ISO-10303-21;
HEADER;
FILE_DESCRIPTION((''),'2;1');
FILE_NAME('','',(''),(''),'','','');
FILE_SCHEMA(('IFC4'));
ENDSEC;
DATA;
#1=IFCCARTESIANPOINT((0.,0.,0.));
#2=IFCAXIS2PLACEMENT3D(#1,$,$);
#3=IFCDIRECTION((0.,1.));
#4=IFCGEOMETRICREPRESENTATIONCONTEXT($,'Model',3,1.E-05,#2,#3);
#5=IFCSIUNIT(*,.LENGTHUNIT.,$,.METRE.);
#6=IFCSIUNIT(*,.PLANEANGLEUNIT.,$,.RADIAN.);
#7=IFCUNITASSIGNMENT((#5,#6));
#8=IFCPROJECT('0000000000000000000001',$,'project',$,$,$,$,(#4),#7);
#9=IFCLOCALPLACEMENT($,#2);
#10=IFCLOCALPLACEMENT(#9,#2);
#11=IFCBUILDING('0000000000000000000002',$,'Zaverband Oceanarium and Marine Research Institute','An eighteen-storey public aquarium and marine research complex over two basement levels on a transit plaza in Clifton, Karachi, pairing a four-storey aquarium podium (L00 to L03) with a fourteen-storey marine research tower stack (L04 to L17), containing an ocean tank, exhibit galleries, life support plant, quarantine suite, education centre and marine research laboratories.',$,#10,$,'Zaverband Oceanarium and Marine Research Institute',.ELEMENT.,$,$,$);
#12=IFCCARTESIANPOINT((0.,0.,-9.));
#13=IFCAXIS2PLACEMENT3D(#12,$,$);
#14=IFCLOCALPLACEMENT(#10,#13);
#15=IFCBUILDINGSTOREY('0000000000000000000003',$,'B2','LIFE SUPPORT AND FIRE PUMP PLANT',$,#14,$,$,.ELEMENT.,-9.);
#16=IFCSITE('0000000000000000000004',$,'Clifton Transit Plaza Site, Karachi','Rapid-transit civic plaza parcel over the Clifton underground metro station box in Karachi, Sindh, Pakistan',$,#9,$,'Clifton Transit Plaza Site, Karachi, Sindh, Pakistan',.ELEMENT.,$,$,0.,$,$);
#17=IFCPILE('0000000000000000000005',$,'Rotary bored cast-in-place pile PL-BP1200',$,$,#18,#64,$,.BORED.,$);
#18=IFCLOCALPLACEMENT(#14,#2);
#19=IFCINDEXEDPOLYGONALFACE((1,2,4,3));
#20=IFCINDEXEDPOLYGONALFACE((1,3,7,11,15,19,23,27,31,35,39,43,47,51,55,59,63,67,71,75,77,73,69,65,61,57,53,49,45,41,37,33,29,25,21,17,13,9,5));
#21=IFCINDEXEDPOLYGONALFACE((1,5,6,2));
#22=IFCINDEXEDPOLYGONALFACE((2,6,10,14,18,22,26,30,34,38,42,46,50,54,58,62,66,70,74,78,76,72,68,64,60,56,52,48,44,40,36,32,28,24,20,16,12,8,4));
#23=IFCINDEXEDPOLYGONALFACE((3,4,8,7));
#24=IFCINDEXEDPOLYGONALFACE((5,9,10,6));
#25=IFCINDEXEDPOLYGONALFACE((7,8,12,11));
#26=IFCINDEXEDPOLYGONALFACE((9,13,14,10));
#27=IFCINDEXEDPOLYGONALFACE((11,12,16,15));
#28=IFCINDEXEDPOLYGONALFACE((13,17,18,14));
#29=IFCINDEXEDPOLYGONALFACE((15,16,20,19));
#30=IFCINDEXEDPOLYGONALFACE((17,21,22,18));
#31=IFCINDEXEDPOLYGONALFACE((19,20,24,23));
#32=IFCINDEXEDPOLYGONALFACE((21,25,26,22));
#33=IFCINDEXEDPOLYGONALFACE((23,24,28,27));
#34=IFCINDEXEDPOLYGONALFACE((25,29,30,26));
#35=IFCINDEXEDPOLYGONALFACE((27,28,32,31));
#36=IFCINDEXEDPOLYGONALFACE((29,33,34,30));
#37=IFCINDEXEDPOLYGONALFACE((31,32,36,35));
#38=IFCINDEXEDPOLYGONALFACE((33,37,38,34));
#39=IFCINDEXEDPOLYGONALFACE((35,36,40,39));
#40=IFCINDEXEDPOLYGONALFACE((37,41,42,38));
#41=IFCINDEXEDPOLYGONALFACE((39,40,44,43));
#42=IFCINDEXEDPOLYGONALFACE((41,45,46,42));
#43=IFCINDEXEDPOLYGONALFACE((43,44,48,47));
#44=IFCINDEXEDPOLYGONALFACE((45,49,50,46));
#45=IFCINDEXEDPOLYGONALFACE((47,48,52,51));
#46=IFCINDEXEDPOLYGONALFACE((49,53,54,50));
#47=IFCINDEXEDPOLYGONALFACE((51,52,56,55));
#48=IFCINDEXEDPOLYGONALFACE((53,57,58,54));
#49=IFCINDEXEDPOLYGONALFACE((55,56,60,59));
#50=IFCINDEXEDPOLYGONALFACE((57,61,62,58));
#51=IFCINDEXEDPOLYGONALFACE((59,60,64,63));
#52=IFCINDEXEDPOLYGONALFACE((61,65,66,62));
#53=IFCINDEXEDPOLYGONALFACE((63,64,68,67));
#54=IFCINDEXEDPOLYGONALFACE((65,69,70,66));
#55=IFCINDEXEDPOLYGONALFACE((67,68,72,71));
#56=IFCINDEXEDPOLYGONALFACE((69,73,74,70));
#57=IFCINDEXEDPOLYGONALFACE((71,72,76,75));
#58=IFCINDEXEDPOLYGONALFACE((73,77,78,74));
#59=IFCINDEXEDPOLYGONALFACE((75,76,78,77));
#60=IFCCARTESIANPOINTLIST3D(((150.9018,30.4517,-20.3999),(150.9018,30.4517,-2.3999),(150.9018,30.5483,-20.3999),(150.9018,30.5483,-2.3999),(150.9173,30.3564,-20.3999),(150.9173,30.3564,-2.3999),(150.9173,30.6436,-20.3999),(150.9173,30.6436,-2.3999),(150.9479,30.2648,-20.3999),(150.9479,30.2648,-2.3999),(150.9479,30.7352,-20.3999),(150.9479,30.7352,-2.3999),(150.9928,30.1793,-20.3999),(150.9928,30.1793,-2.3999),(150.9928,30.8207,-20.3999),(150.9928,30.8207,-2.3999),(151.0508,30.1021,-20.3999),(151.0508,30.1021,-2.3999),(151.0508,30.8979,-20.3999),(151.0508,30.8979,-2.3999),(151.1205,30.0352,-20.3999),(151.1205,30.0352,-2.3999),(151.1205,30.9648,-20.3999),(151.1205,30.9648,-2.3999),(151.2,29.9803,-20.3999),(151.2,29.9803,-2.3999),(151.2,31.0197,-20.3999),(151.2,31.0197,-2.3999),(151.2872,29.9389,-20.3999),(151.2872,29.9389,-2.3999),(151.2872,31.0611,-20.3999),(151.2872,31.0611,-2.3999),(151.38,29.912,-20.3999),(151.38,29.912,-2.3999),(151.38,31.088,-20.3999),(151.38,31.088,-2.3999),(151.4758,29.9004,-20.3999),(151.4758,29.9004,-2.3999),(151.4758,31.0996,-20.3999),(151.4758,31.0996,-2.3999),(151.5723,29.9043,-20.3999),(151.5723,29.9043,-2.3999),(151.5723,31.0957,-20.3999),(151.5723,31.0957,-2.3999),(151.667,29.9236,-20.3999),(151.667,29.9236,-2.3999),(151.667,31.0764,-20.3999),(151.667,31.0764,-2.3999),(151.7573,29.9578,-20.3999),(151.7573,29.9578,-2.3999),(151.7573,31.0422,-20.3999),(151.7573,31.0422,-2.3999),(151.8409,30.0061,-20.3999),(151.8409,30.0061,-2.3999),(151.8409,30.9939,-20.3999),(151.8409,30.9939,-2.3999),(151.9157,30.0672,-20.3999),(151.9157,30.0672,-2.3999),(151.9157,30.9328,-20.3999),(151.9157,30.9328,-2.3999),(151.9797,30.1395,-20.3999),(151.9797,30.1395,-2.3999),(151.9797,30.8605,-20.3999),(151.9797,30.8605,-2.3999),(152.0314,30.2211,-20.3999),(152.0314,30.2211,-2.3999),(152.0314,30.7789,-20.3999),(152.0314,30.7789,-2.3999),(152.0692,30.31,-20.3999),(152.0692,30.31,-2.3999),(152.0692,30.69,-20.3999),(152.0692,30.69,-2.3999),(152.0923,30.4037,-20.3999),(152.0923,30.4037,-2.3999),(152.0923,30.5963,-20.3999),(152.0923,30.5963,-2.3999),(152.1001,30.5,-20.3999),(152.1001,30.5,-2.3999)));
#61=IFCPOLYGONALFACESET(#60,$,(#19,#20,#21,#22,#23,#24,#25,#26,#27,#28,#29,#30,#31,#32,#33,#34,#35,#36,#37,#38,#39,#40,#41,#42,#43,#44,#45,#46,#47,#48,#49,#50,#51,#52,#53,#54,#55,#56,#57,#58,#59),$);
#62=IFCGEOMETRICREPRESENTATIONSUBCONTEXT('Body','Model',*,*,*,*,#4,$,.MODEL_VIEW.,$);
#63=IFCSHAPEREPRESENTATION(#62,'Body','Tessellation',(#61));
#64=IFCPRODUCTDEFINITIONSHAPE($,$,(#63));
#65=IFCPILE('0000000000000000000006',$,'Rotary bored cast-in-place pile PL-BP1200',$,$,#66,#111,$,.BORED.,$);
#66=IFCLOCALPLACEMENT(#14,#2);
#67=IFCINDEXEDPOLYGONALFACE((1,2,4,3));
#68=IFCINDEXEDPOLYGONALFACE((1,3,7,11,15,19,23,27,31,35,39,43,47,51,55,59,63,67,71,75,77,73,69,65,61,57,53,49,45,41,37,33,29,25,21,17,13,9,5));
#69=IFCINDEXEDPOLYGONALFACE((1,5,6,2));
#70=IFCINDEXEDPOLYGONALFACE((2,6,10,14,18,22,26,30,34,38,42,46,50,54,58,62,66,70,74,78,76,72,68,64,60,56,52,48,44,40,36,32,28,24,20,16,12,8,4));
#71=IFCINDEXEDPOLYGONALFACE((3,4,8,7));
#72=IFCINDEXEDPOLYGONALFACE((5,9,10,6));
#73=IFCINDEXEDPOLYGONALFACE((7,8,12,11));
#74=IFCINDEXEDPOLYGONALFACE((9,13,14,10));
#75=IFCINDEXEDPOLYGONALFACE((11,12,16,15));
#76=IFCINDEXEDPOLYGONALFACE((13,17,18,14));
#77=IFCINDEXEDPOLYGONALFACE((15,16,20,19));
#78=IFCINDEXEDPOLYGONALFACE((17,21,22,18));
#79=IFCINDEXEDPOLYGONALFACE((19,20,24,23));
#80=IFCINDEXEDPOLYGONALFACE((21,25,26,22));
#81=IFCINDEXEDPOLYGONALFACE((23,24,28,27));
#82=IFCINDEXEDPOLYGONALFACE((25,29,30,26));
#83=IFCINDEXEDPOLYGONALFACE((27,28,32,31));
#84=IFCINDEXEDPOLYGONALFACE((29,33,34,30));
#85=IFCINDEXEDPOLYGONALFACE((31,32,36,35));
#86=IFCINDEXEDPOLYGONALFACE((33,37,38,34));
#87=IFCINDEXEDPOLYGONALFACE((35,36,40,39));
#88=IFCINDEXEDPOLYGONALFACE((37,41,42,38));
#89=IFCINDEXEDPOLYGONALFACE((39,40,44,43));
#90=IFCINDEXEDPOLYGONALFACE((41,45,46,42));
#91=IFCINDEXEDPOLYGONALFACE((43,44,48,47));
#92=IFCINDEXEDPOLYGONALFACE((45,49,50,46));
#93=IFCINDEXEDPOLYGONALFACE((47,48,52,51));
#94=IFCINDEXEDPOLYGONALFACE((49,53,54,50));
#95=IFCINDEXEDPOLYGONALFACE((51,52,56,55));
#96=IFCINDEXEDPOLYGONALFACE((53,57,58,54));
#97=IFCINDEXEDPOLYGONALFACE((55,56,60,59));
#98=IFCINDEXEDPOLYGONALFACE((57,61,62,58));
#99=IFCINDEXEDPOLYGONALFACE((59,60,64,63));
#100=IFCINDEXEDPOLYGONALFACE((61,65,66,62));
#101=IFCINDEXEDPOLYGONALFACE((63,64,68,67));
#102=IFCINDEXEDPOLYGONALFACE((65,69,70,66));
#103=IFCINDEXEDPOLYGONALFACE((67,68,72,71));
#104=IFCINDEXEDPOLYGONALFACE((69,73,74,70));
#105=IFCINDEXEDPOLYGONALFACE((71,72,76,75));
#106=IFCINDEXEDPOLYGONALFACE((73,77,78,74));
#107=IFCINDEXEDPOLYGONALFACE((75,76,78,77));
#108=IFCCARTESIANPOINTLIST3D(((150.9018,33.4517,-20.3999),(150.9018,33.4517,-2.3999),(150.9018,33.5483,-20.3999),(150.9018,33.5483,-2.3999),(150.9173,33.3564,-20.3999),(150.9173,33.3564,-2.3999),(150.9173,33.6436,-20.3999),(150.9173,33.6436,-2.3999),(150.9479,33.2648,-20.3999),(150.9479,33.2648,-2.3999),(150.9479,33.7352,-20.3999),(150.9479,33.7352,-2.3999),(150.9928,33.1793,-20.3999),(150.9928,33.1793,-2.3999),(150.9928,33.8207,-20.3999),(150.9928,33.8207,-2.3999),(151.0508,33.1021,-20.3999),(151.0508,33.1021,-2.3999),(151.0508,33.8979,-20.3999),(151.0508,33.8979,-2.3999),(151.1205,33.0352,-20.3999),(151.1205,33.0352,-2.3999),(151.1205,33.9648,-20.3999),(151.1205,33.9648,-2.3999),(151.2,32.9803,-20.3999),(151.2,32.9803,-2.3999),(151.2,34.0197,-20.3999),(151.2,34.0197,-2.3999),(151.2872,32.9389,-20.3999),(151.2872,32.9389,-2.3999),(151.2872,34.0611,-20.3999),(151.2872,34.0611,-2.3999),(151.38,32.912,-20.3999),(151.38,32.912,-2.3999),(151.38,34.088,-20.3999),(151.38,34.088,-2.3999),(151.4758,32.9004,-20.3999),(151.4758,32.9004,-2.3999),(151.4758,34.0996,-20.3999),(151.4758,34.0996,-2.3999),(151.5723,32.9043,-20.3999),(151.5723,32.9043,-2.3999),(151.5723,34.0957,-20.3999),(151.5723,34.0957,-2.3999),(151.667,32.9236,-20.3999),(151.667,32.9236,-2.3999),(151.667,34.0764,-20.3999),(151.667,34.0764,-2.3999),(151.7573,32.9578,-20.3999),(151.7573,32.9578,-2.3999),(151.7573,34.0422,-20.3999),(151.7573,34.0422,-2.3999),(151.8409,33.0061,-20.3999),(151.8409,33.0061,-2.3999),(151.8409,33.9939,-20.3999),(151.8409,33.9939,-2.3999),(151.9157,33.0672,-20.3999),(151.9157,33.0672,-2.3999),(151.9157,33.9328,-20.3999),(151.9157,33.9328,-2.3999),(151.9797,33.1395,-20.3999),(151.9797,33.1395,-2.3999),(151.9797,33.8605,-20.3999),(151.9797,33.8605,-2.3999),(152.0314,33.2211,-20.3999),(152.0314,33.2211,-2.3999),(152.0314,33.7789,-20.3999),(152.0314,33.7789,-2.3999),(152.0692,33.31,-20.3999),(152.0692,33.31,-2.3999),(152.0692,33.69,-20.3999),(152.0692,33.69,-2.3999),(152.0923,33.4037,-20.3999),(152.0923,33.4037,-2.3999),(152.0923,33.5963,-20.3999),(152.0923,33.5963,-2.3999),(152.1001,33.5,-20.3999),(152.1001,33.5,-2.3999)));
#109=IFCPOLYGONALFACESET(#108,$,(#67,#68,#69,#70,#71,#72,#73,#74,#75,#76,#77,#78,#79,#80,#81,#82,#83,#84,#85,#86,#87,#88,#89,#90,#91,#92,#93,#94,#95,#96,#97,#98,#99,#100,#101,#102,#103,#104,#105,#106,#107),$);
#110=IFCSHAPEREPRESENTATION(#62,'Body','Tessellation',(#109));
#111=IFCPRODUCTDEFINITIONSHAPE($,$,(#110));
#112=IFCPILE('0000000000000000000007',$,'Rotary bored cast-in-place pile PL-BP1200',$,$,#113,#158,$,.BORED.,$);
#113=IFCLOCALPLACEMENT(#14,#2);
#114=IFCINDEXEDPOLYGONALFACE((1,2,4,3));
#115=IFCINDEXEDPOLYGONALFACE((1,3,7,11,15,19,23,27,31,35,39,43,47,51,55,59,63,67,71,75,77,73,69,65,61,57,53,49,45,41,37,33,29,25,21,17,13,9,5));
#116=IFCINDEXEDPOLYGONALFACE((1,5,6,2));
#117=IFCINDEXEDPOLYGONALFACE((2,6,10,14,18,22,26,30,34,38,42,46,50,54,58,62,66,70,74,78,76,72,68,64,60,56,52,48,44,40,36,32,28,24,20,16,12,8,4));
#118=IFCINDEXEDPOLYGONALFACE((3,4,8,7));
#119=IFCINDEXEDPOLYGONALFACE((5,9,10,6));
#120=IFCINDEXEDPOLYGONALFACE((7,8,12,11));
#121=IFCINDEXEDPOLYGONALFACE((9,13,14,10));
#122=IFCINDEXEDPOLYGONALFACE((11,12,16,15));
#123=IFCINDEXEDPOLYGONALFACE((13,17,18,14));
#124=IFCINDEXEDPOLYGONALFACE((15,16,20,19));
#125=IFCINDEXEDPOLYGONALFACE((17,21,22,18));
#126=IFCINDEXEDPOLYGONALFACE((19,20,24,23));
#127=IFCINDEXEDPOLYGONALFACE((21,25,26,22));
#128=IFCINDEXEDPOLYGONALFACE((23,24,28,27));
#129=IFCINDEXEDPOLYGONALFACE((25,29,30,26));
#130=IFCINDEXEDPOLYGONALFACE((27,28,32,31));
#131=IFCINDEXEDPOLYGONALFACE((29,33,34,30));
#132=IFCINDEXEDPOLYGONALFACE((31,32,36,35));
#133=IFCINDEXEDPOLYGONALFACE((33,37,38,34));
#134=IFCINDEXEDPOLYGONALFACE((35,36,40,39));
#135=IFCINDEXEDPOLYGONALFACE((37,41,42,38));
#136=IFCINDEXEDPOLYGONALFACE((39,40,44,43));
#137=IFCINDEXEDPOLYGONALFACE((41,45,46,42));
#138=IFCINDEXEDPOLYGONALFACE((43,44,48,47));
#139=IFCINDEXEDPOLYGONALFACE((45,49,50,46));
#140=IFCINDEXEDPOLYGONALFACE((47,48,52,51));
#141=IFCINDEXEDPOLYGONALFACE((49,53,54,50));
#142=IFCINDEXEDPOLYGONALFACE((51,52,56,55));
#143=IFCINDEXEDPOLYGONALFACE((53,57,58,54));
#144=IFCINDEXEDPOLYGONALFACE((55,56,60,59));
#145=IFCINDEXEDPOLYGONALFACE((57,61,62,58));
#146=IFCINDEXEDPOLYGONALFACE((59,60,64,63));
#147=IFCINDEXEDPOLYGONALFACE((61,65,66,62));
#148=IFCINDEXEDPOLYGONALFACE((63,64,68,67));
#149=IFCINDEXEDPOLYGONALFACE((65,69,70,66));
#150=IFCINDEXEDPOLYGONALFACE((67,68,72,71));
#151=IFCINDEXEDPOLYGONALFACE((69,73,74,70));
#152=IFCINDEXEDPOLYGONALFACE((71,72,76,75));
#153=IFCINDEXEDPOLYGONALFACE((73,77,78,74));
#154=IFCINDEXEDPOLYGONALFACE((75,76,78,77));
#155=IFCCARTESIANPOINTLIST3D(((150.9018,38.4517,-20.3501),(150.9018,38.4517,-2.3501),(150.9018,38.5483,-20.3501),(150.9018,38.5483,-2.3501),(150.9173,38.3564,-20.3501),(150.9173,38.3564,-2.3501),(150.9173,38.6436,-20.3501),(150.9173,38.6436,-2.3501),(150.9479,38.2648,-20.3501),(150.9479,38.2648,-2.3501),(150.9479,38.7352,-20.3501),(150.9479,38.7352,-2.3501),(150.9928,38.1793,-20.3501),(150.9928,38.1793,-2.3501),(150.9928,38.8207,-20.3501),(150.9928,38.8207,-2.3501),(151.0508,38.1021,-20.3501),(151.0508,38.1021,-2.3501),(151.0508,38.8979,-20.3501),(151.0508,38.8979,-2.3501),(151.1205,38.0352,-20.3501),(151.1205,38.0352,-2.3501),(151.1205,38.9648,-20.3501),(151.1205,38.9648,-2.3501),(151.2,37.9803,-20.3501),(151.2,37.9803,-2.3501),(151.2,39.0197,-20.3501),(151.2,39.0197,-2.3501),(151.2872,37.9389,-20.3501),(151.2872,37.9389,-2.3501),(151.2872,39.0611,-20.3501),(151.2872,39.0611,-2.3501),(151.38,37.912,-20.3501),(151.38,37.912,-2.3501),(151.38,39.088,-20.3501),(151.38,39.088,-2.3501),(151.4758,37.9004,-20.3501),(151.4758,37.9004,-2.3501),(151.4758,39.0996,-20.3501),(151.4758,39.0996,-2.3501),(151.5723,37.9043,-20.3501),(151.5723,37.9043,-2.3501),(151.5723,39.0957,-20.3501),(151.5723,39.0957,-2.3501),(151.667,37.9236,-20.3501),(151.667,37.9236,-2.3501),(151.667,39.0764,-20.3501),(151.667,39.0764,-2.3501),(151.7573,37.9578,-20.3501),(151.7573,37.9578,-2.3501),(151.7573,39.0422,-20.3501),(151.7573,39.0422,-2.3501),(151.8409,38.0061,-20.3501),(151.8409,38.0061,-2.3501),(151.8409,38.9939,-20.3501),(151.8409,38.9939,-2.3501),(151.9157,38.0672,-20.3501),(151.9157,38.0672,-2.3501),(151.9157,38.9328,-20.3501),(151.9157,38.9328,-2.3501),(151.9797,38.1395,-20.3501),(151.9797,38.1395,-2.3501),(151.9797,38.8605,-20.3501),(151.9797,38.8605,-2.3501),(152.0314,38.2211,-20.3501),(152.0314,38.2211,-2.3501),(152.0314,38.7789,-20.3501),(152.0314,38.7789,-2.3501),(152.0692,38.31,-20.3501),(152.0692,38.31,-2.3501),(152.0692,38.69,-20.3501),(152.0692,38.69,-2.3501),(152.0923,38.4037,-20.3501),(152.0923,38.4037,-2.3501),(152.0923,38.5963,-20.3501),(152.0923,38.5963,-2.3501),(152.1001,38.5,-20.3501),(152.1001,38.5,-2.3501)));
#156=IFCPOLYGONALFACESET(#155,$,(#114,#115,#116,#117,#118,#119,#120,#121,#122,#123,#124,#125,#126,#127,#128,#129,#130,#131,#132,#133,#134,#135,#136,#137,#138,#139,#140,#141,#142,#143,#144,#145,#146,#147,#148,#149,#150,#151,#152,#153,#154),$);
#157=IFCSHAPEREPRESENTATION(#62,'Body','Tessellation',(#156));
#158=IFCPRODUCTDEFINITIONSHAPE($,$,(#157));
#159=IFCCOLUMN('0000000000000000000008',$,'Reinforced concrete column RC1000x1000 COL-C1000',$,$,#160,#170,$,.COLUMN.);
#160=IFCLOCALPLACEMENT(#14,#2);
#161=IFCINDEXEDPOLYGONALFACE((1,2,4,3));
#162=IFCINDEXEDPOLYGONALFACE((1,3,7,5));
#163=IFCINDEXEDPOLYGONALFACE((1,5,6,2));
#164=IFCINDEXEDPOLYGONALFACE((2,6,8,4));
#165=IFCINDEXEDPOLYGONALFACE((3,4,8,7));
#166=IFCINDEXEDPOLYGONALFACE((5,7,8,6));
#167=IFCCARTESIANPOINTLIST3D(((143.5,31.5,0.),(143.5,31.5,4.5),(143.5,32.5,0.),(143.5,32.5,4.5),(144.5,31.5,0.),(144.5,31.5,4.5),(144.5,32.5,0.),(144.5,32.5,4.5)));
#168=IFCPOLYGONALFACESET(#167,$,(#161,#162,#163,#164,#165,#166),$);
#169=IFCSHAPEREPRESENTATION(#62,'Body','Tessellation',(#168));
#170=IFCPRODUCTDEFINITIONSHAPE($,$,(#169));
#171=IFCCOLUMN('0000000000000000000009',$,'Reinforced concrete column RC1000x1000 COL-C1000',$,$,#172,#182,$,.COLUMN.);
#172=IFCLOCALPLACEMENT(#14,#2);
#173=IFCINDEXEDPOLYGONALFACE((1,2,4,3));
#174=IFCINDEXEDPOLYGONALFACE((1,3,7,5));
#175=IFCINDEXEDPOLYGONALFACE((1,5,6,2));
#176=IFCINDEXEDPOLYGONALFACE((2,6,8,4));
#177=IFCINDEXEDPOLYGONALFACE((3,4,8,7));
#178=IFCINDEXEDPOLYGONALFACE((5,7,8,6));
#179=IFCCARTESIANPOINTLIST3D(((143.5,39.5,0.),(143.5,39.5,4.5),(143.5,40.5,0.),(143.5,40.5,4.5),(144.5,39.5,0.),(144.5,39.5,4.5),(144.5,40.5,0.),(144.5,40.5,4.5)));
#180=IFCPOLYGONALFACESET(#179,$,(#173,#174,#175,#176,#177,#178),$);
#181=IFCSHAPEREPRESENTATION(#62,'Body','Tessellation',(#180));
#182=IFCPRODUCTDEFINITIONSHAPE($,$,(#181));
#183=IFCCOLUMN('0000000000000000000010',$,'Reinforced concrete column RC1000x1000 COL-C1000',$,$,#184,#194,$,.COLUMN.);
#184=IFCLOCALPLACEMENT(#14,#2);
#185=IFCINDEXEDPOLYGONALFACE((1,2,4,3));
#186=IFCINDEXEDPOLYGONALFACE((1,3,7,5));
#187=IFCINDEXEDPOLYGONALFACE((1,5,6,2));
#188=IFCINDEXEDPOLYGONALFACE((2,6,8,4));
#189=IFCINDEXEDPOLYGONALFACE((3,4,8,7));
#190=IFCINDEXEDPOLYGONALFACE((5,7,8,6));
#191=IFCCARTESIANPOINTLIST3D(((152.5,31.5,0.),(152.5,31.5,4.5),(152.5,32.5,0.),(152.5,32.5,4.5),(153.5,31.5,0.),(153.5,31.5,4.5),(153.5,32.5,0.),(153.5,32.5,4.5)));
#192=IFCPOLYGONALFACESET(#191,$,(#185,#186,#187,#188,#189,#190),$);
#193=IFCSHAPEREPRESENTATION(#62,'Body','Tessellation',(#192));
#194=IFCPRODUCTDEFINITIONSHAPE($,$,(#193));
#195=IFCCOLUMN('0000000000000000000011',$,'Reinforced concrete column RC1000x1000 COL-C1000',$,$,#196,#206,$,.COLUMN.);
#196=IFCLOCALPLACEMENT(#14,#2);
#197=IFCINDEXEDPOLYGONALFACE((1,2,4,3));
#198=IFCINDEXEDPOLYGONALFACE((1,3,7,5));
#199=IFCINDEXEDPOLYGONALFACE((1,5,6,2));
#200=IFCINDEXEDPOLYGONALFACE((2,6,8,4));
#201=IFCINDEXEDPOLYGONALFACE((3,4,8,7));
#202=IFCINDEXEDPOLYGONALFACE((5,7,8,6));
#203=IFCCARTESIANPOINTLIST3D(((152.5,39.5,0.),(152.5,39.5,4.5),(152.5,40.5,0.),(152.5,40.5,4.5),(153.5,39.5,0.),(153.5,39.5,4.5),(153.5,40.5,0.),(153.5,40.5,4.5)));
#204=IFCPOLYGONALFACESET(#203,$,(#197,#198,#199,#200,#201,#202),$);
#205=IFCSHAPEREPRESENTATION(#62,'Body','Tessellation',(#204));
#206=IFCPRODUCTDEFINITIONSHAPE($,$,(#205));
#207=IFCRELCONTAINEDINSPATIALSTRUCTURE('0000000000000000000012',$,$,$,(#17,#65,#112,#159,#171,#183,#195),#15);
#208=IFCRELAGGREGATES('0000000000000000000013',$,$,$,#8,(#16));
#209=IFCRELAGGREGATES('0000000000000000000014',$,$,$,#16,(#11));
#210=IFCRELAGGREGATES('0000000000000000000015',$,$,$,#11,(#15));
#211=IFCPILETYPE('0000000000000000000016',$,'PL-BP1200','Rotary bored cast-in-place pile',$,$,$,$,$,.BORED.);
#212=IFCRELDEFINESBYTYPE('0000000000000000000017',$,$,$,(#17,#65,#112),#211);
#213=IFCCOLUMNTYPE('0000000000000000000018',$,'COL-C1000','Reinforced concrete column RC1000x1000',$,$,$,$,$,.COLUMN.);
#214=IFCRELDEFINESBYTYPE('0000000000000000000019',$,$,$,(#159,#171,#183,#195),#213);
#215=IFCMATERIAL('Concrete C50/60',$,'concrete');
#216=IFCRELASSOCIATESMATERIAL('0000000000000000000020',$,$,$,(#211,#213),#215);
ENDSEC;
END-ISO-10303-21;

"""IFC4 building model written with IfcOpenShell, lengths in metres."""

from ifc_helpers import new_model, si_unit, direction, frame, origin, origin_2d, place, context, subcontext, project, spatial, rectangle, circle, extrude, material, material_profile, profile_set, type_object, element, save


model = new_model("IFC4")

# Units and contexts
model_context = context("Model", 3, precision=1e-05, world=origin(), true_north=direction((0.0, 1.0)))
body_context = subcontext(model_context, "Body", "Model", "MODEL_VIEW")
ifc_project = project(units=[si_unit("LENGTHUNIT", "METRE"), si_unit("PLANEANGLEUNIT", "RADIAN")], contexts=[model_context])

# Site, building, storey
site_placement = place(None, origin())
site = spatial("IfcSite", under=ifc_project, at=site_placement, Name="Clifton Transit Plaza Site, Karachi", Description="Rapid-transit civic plaza parcel over the Clifton underground metro station box in Karachi, Sindh, Pakistan", LongName="Clifton Transit Plaza Site, Karachi, Sindh, Pakistan", CompositionType="ELEMENT", RefElevation=0.0)
building_placement = place(site_placement, origin())
building = spatial("IfcBuilding", under=site, at=building_placement, Name="Zaverband Oceanarium and Marine Research Institute", Description="An eighteen-storey public aquarium and marine research complex over two basement levels on a transit plaza in Clifton, Karachi, pairing a four-storey aquarium podium (L00 to L03) with a fourteen-storey marine research tower stack (L04 to L17), containing an ocean tank, exhibit galleries, life support plant, quarantine suite, education centre and marine research laboratories.", LongName="Zaverband Oceanarium and Marine Research Institute", CompositionType="ELEMENT")
storey_placement = place(building_placement, frame((0.0, 0.0, -9.0)))
storey = spatial("IfcBuildingStorey", under=building, at=storey_placement, Name="B2", Description="LIFE SUPPORT AND FIRE PUMP PLANT", CompositionType="ELEMENT", Elevation=-9.0)

# Shared definitions
ifc_material_1 = material(Name="Concrete C50/60", Category="concrete")

# Piles
ifc_material_profile_1 = material_profile(ifc_material_1, circle(Radius=0.6001, at=origin_2d()), Name="BP1200")
ifc_profile_set_1 = profile_set([ifc_material_profile_1], Name="Concrete C50/60")
pile_type = type_object("IfcPileType", Name="PL-BP1200", Description="Rotary bored cast-in-place pile", PredefinedType="BORED", material=ifc_profile_set_1)
for number, where, z_axis, x_axis, name in (
    (1, (151.5, 30.5, -2.3999), (0.0, 0.0, -1.0), (1.0, 0.0, 0.0), "Rotary bored cast-in-place pile PL-BP1200"),
    (2, (151.5, 33.5, -2.3999), (0.0, 0.0, -1.0), (1.0, 0.0, 0.0), "Rotary bored cast-in-place pile PL-BP1200"),
    (3, (151.5, 38.5, -2.3501), (0.0, 0.0, -1.0), (1.0, 0.0, 0.0), "Rotary bored cast-in-place pile PL-BP1200"),
):
    element("IfcPile", number, at=place(storey_placement, frame(where, z_axis=z_axis, x_axis=x_axis)), inside=storey, type_object=pile_type, Name=name, PredefinedType="BORED", context=body_context, shape_type="SweptSolid", body=[
        extrude(circle(Radius=0.6001, at=origin_2d()), origin(), (0.0, 0.0, 1.0), 18.0),
    ])

# Columns
ifc_material_profile_2 = material_profile(ifc_material_1, rectangle(XDim=1.0, YDim=1.0, at=origin_2d()), Name="RC1000x1000")
ifc_profile_set_2 = profile_set([ifc_material_profile_2], Name="Concrete C50/60")
column_type = type_object("IfcColumnType", Name="COL-C1000", Description="Reinforced concrete column RC1000x1000", PredefinedType="COLUMN", material=ifc_profile_set_2)
for number, where, z_axis, x_axis, name in (
    (4, (144.0, 32.0, 0.0), (0.0, 0.0, 1.0), (1.0, 0.0, 0.0), "Reinforced concrete column RC1000x1000 COL-C1000"),
    (5, (144.0, 40.0, 0.0), (0.0, 0.0, 1.0), (1.0, 0.0, 0.0), "Reinforced concrete column RC1000x1000 COL-C1000"),
    (6, (153.0, 32.0, 0.0), (0.0, 0.0, 1.0), (1.0, 0.0, 0.0), "Reinforced concrete column RC1000x1000 COL-C1000"),
    (7, (153.0, 40.0, 0.0), (0.0, 0.0, 1.0), (1.0, 0.0, 0.0), "Reinforced concrete column RC1000x1000 COL-C1000"),
):
    element("IfcColumn", number, at=place(storey_placement, frame(where, z_axis=z_axis, x_axis=x_axis)), inside=storey, type_object=column_type, Name=name, PredefinedType="COLUMN", context=body_context, shape_type="SweptSolid", body=[
        extrude(rectangle(XDim=1.0, YDim=1.0, at=origin_2d()), origin(), (0.0, 0.0, 1.0), 4.5),
    ])

save(model, "model.ifc")
